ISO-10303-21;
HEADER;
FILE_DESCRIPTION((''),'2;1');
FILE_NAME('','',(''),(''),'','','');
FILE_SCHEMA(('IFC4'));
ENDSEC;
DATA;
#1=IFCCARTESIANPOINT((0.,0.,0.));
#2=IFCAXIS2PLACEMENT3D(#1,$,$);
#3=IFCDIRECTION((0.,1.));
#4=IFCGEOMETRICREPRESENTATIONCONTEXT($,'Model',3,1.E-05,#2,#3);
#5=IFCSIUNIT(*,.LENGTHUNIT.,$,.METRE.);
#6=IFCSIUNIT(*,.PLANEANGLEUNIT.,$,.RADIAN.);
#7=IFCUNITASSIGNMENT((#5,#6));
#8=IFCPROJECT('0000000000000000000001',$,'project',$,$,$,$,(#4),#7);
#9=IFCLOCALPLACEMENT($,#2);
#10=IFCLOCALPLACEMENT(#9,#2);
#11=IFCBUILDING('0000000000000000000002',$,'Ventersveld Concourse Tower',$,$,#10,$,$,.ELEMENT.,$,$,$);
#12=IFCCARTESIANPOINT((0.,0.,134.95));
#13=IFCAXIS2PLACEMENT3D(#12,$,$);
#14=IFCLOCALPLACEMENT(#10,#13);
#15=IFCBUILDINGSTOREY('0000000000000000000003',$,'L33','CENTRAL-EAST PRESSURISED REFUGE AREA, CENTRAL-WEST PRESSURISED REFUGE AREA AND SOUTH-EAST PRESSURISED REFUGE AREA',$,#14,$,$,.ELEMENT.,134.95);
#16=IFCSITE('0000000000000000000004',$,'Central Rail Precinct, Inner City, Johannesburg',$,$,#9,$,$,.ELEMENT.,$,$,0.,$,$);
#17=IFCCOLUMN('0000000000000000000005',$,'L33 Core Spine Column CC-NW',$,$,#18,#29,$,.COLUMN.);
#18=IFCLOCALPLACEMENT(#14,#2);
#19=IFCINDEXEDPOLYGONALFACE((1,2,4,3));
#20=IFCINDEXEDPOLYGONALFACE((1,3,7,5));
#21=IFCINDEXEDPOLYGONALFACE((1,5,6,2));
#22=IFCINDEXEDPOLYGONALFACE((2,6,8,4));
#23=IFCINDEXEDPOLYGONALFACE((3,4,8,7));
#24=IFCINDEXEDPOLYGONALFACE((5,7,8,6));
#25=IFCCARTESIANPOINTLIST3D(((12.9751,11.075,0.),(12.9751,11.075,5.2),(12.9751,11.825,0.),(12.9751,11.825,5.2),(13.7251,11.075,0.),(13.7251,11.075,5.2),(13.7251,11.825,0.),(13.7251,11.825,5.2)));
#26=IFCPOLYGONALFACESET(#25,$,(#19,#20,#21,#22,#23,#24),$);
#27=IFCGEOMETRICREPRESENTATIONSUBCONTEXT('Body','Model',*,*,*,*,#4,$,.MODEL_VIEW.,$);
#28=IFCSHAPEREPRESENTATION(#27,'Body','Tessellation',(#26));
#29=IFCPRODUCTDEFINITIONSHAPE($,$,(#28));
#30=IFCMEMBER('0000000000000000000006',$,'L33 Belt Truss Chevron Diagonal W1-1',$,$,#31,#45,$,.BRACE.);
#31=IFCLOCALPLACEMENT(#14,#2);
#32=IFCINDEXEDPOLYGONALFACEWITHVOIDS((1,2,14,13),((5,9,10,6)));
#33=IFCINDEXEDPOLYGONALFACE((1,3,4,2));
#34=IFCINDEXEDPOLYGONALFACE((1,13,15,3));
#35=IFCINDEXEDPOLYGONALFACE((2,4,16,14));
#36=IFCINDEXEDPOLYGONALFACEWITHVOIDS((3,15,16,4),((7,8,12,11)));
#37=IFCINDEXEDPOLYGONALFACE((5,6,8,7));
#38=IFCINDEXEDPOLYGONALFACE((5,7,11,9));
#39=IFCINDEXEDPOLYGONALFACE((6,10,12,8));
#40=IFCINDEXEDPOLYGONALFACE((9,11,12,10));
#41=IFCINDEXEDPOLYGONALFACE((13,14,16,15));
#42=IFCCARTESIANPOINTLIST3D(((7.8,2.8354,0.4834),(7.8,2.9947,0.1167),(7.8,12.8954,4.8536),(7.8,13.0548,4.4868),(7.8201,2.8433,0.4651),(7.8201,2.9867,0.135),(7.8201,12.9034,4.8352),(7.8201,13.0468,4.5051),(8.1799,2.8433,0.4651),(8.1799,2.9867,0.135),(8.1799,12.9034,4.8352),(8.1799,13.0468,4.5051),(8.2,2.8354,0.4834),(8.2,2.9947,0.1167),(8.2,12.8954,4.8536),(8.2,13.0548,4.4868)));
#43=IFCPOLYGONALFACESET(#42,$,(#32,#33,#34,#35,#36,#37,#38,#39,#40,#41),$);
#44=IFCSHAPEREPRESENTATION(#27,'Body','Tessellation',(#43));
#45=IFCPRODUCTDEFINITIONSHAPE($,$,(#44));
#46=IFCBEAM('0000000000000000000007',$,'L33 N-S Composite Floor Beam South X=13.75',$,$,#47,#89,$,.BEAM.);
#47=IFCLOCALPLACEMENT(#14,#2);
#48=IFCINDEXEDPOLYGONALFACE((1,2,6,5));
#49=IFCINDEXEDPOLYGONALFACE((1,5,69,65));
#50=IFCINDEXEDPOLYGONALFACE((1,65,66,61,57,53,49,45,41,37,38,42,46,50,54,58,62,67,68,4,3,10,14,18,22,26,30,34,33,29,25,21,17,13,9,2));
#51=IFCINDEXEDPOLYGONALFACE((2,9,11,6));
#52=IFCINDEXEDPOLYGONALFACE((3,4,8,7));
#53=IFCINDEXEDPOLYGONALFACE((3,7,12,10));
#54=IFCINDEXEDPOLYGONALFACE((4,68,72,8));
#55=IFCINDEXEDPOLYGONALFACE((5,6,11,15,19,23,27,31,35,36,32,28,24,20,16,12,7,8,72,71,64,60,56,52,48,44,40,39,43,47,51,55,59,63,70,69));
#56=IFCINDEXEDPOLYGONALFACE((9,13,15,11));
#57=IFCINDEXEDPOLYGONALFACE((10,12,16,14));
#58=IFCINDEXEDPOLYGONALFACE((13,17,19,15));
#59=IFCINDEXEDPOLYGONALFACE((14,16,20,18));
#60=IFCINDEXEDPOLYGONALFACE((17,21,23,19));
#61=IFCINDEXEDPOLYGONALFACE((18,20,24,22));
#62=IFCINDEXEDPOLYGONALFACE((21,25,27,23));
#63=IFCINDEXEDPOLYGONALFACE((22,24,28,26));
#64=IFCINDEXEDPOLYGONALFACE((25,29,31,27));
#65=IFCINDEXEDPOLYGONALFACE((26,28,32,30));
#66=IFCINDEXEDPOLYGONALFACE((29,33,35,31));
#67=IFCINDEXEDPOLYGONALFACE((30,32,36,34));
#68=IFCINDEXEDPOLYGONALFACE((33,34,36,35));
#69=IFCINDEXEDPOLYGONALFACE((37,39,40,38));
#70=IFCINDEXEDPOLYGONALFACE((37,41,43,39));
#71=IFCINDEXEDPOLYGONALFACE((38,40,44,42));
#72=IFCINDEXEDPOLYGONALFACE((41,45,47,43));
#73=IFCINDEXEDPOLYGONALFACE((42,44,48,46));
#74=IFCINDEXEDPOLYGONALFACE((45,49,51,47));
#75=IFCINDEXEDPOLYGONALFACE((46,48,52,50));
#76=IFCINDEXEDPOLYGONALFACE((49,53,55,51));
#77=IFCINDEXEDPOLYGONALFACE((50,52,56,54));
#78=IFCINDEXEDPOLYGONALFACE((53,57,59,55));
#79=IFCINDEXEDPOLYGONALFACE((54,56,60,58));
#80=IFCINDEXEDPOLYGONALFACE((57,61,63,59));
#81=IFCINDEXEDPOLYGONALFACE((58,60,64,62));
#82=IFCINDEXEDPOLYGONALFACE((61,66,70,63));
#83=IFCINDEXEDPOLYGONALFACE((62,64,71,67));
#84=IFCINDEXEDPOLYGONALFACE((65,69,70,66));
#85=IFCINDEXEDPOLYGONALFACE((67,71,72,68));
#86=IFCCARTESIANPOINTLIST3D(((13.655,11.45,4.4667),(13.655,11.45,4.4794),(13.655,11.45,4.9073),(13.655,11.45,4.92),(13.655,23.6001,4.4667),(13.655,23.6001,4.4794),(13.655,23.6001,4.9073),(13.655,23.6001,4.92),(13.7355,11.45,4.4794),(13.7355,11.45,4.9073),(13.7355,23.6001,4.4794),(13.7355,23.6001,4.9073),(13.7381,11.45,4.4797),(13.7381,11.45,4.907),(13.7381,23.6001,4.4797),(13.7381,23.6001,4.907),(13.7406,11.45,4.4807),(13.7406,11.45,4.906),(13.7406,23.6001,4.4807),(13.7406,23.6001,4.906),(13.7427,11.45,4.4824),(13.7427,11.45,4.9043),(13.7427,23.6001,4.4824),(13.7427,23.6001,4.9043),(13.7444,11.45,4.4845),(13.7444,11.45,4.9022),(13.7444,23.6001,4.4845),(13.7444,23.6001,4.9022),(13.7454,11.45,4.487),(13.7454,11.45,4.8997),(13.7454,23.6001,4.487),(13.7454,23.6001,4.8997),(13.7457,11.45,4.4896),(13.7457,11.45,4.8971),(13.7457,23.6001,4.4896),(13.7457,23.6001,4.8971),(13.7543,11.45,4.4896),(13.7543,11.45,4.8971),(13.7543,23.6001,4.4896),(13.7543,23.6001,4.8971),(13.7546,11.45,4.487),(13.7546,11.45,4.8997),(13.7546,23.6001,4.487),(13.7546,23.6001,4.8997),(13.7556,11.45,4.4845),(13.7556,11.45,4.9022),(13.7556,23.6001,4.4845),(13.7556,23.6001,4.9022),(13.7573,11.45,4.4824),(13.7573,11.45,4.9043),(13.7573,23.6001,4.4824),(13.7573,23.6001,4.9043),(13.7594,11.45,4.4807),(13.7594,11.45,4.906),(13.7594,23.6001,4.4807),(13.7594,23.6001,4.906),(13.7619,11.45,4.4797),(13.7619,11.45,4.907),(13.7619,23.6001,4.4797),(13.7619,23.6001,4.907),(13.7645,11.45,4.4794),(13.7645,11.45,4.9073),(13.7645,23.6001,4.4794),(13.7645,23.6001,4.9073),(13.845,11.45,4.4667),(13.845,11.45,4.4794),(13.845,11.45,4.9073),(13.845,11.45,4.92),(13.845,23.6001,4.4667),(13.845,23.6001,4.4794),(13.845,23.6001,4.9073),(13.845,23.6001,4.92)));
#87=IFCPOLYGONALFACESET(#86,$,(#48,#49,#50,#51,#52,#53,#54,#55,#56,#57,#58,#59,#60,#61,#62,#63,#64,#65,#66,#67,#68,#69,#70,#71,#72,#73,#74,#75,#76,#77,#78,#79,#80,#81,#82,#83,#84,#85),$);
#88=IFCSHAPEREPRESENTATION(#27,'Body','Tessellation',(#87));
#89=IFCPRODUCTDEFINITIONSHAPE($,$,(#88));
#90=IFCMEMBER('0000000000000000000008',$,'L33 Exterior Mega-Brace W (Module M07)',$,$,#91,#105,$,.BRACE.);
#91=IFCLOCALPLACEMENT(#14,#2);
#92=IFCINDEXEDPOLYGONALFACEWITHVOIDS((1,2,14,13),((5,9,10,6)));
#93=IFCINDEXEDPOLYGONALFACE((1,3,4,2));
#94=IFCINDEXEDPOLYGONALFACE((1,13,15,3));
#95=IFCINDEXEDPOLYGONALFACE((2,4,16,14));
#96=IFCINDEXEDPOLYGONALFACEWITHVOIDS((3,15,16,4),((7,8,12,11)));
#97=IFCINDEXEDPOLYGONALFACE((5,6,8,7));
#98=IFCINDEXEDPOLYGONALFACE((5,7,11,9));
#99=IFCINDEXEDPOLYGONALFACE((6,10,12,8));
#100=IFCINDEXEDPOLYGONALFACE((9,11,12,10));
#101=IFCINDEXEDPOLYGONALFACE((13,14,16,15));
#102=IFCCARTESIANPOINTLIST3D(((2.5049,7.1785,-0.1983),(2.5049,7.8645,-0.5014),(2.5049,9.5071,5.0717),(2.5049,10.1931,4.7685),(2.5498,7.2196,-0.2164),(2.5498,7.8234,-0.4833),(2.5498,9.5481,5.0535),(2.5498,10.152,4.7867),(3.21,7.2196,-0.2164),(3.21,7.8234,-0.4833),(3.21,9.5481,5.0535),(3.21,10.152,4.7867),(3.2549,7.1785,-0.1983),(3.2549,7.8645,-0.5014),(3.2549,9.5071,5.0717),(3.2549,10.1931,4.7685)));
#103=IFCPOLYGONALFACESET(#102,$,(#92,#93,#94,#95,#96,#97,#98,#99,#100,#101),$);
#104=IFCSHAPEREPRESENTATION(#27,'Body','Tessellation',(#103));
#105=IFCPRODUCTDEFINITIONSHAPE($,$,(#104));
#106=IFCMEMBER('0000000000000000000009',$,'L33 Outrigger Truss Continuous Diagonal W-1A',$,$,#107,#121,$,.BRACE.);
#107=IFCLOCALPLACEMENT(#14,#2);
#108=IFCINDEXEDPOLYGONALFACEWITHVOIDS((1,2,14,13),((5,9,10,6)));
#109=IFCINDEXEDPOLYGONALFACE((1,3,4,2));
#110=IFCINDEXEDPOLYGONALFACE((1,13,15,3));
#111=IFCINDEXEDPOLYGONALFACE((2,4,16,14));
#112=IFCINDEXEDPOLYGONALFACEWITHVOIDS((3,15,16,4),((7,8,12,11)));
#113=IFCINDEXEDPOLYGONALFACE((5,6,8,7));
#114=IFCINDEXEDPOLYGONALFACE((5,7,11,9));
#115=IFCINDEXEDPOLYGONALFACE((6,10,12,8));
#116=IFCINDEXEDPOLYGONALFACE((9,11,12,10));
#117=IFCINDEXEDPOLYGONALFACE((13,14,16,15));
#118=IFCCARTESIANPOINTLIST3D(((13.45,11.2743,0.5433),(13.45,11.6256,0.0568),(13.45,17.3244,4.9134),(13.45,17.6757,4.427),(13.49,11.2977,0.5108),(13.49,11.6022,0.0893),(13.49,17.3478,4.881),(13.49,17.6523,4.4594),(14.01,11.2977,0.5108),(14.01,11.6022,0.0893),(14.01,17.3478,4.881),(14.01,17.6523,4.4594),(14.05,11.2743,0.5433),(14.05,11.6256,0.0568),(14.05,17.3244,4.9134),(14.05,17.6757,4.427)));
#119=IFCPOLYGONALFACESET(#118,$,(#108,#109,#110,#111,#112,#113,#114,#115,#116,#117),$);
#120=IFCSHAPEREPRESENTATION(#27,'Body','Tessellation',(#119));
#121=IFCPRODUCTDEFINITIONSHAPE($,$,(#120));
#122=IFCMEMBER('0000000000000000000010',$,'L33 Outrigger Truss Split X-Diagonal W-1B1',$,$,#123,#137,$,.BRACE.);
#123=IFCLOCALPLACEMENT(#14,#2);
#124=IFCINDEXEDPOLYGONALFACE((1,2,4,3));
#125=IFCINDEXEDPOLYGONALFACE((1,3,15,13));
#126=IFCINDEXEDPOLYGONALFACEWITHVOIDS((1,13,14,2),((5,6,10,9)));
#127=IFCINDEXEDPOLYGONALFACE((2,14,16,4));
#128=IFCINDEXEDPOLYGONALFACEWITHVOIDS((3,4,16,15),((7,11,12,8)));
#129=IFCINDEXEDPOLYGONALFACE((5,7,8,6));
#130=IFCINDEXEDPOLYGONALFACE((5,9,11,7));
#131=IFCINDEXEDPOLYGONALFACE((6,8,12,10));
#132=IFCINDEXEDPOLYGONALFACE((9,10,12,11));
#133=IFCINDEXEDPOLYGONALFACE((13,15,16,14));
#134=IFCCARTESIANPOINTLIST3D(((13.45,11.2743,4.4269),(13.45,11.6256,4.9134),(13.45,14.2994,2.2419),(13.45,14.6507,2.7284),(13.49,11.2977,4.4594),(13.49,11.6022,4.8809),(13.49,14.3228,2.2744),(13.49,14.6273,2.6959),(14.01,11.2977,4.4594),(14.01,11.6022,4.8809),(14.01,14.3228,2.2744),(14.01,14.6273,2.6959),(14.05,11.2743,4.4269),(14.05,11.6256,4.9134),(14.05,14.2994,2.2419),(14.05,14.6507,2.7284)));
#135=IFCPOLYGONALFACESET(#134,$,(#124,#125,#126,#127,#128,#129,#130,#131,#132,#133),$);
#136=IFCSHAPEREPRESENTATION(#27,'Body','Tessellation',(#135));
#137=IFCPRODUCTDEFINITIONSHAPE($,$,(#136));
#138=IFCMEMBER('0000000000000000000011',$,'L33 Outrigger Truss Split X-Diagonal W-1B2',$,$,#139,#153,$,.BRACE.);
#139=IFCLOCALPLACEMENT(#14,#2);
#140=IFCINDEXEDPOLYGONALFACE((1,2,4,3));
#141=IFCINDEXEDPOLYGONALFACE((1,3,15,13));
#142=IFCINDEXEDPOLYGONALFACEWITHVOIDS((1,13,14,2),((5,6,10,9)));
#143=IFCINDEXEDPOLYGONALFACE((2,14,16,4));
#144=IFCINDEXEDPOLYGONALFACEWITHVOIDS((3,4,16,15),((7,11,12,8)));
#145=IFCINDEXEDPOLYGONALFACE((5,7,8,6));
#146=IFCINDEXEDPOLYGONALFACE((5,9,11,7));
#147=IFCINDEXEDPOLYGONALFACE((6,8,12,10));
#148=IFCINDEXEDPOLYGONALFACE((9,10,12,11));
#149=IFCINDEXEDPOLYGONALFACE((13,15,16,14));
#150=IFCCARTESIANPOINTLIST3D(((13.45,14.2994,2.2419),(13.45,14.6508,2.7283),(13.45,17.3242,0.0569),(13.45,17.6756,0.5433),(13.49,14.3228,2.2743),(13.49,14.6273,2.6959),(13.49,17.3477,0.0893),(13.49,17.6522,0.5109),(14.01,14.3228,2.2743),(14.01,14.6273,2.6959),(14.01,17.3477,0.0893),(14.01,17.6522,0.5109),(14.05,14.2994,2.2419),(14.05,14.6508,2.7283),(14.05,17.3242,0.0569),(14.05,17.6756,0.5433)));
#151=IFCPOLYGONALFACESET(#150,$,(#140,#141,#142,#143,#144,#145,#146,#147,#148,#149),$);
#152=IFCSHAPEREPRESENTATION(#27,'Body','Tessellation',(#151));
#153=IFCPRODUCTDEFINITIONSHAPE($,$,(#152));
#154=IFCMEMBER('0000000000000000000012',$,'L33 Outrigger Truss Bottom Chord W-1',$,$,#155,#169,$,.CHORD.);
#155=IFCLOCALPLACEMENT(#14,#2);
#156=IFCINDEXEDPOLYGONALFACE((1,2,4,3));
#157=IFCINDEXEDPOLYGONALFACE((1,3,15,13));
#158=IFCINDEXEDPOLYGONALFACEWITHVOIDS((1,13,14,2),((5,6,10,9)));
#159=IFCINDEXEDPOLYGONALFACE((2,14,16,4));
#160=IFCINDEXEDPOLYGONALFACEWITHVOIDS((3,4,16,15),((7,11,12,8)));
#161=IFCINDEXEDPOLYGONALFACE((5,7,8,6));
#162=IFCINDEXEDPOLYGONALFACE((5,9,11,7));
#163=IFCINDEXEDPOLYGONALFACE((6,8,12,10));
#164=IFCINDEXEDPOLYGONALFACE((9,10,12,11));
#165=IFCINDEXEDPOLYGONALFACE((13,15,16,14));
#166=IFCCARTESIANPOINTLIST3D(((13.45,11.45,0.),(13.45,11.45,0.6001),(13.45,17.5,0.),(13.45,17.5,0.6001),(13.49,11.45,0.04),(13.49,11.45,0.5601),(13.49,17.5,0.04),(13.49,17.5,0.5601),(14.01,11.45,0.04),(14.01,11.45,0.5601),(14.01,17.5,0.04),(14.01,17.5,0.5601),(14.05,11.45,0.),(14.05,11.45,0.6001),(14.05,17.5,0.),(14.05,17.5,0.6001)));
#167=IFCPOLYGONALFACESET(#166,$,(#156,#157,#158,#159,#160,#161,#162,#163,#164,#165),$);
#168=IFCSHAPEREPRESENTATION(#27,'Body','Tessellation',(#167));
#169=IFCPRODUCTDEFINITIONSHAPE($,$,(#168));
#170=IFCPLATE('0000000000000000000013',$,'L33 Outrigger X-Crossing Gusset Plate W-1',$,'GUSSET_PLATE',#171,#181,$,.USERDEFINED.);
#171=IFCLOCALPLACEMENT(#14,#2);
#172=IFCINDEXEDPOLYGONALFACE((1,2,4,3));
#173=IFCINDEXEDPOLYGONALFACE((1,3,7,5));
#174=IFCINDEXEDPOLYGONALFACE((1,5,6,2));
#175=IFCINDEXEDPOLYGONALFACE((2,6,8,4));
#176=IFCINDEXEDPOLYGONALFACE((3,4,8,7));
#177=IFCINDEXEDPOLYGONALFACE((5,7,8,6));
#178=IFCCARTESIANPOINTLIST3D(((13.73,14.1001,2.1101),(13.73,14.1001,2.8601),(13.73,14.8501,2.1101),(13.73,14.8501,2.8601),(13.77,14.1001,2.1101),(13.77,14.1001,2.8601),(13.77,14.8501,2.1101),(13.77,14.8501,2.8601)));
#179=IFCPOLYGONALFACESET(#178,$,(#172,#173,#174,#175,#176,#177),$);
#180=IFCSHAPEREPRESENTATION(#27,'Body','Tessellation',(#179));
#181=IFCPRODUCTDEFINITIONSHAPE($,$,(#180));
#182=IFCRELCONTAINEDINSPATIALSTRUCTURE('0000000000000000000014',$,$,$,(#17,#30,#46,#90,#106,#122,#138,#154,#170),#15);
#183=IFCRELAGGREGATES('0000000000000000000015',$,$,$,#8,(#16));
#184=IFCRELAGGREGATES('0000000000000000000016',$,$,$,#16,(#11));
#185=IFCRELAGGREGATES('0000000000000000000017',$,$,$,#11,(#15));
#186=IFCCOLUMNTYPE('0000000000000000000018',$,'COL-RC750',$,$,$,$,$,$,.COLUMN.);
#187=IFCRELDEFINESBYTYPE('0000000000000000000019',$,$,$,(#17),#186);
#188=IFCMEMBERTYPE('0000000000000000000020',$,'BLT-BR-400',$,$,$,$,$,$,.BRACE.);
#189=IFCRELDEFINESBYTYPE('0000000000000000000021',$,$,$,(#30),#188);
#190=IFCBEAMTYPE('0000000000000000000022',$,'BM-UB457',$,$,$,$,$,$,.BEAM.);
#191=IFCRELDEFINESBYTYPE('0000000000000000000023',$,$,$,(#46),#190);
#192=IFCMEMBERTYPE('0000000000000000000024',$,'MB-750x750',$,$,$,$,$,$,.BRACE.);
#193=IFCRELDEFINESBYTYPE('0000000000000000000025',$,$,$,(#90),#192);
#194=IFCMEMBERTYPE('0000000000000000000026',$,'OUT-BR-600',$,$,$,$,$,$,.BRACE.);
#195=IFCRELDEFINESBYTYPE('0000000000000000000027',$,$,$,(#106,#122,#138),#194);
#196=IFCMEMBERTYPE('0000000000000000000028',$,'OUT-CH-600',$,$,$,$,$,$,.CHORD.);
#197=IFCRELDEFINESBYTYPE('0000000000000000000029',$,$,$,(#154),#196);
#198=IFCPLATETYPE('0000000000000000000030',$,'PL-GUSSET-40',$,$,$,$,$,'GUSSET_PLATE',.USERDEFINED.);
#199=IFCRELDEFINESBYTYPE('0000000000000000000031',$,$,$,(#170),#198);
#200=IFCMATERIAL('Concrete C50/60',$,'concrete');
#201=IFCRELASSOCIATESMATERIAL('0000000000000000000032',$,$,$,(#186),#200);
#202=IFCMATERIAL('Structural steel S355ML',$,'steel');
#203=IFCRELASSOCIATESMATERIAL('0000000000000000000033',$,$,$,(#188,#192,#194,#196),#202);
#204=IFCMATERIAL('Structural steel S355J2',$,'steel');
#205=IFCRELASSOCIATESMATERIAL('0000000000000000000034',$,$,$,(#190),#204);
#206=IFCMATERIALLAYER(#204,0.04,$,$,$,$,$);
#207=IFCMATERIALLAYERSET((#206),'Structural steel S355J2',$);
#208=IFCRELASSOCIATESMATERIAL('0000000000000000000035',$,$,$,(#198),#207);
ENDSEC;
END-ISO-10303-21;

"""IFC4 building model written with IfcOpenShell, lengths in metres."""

from ifc_helpers import new_model, si_unit, direction, frame, origin, origin_2d, place, context, subcontext, project, spatial, rectangle, hollow_rectangle, i_section, extrude, material, layer, layer_set, material_profile, profile_set, type_object, element, save


model = new_model("IFC4")

# Units and contexts
model_context = context("Model", 3, precision=1e-05, world=origin(), true_north=direction((0.0, 1.0)))
body_context = subcontext(model_context, "Body", "Model", "MODEL_VIEW")
ifc_project = project(units=[si_unit("LENGTHUNIT", "METRE"), si_unit("PLANEANGLEUNIT", "RADIAN")], contexts=[model_context])

# Site, building, storey
site_placement = place(None, origin())
site = spatial("IfcSite", under=ifc_project, at=site_placement, Name="Central Rail Precinct, Inner City, Johannesburg", CompositionType="ELEMENT", RefElevation=0.0)
building_placement = place(site_placement, origin())
building = spatial("IfcBuilding", under=site, at=building_placement, Name="Ventersveld Concourse Tower", CompositionType="ELEMENT")
storey_placement = place(building_placement, frame((0.0, 0.0, 134.95)))
storey = spatial("IfcBuildingStorey", under=building, at=storey_placement, Name="L33", Description="CENTRAL-EAST PRESSURISED REFUGE AREA, CENTRAL-WEST PRESSURISED REFUGE AREA AND SOUTH-EAST PRESSURISED REFUGE AREA", CompositionType="ELEMENT", Elevation=134.95)

# Column
ifc_material_1 = material(Name="Concrete C50/60", Category="concrete")
ifc_material_profile_1 = material_profile(ifc_material_1, rectangle(XDim=0.75, YDim=0.75, at=origin_2d()), Name="RC 750x750")
ifc_profile_set_1 = profile_set([ifc_material_profile_1], Name="Concrete C50/60")
column_type = type_object("IfcColumnType", Name="COL-RC750", PredefinedType="COLUMN", material=ifc_profile_set_1)
column_placement = place(storey_placement, frame((13.3501, 11.45, 0.0), z_axis=(0.0, 0.0, 1.0), x_axis=(1.0, 0.0, 0.0)))
element("IfcColumn", 1, at=column_placement, inside=storey, type_object=column_type, Name="L33 Core Spine Column CC-NW", PredefinedType="COLUMN", context=body_context, shape_type="SweptSolid", body=[
    extrude(rectangle(XDim=0.75, YDim=0.75, at=origin_2d()), origin(), (0.0, 0.0, 1.0), 5.2),
])

# Member
ifc_material_2 = material(Name="Structural steel S355ML", Category="steel")
ifc_material_profile_2 = material_profile(ifc_material_2, hollow_rectangle(XDim=0.3999, YDim=0.3999, WallThickness=0.02, at=origin_2d()), Name="SHS 400x400x20")
ifc_profile_set_2 = profile_set([ifc_material_profile_2], Name="Structural steel S355ML")
member_type_1 = type_object("IfcMemberType", Name="BLT-BR-400", PredefinedType="BRACE", material=ifc_profile_set_2)
member_1_placement = place(storey_placement, frame((8.0, 2.915, 0.3), z_axis=(0.0, 0.917197, 0.398433), x_axis=(-1.0, 0.0, 0.0)))
element("IfcMember", 2, at=member_1_placement, inside=storey, type_object=member_type_1, Name="L33 Belt Truss Chevron Diagonal W1-1", PredefinedType="BRACE", context=body_context, shape_type="SweptSolid", body=[
    extrude(hollow_rectangle(XDim=0.3999, YDim=0.3999, WallThickness=0.02, at=origin_2d()), origin(), (0.0, 0.0, 1.0), 10.9683),
])

# Beam
ifc_material_3 = material(Name="Structural steel S355J2", Category="steel")
ifc_material_profile_3 = material_profile(ifc_material_3, i_section(OverallWidth=0.1899, OverallDepth=0.4534, WebThickness=0.0085, FlangeThickness=0.0127, FilletRadius=0.0103, at=origin_2d()), Name="UB 457x191x67")
ifc_profile_set_3 = profile_set([ifc_material_profile_3], Name="Structural steel S355J2")
beam_type = type_object("IfcBeamType", Name="BM-UB457", PredefinedType="BEAM", material=ifc_profile_set_3)
beam_placement = place(storey_placement, frame((13.75, 11.45, 4.6934), z_axis=(0.0, 1.0, 0.0), x_axis=(-1.0, 0.0, 0.0)))
element("IfcBeam", 3, at=beam_placement, inside=storey, type_object=beam_type, Name="L33 N-S Composite Floor Beam South X=13.75", PredefinedType="BEAM", context=body_context, shape_type="SweptSolid", body=[
    extrude(i_section(OverallWidth=0.1899, OverallDepth=0.4534, WebThickness=0.0085, FlangeThickness=0.0127, FilletRadius=0.0103, at=origin_2d()), origin(), (0.0, 0.0, 1.0), 12.1501),
])

# Members
ifc_material_profile_4 = material_profile(ifc_material_2, hollow_rectangle(XDim=0.75, YDim=0.75, WallThickness=0.0449, at=origin_2d()), Name="BOX 750x750x45")
ifc_profile_set_4 = profile_set([ifc_material_profile_4], Name="Structural steel S355ML")
member_type_2 = type_object("IfcMemberType", Name="MB-750x750", PredefinedType="BRACE", material=ifc_profile_set_4)
member_2_placement = place(storey_placement, frame((2.8799, 7.5215, -0.3499), z_axis=(0.0, 0.404164, 0.914687), x_axis=(-1.0, 0.0, 0.0)))
element("IfcMember", 4, at=member_2_placement, inside=storey, type_object=member_type_2, Name="L33 Exterior Mega-Brace W (Module M07)", PredefinedType="BRACE", context=body_context, shape_type="SweptSolid", body=[
    extrude(hollow_rectangle(XDim=0.75, YDim=0.75, WallThickness=0.0449, at=origin_2d()), origin(), (0.0, 0.0, 1.0), 5.7615),
])
ifc_material_profile_5 = material_profile(ifc_material_2, hollow_rectangle(XDim=0.6001, YDim=0.6001, WallThickness=0.04, at=origin_2d()), Name="BOX 600x600x40")
ifc_profile_set_5 = profile_set([ifc_material_profile_5], Name="Structural steel S355ML")
member_type_3 = type_object("IfcMemberType", Name="OUT-BR-600", PredefinedType="BRACE", material=ifc_profile_set_5)
member_3_placement = place(storey_placement, frame((13.75, 11.45, 0.3), z_axis=(0.0, 0.810639, 0.585547), x_axis=(-1.0, 0.0, 0.0)))
element("IfcMember", 5, at=member_3_placement, inside=storey, type_object=member_type_3, Name="L33 Outrigger Truss Continuous Diagonal W-1A", PredefinedType="BRACE", context=body_context, shape_type="SweptSolid", body=[
    extrude(hollow_rectangle(XDim=0.6001, YDim=0.6001, WallThickness=0.04, at=origin_2d()), origin(), (0.0, 0.0, 1.0), 7.4634),
])
member_4_placement = place(storey_placement, frame((13.75, 11.45, 4.6702), z_axis=(0.0, 0.81065, -0.585531), x_axis=(-1.0, 0.0, 0.0)))
element("IfcMember", 6, at=member_4_placement, inside=storey, type_object=member_type_3, Name="L33 Outrigger Truss Split X-Diagonal W-1B1", PredefinedType="BRACE", context=body_context, shape_type="SweptSolid", body=[
    extrude(hollow_rectangle(XDim=0.6001, YDim=0.6001, WallThickness=0.04, at=origin_2d()), origin(), (0.0, 0.0, 1.0), 3.7317),
])
member_5_placement = place(storey_placement, frame((13.75, 14.4751, 2.4851), z_axis=(0.0, 0.810627, -0.585562), x_axis=(-1.0, 0.0, 0.0)))
element("IfcMember", 7, at=member_5_placement, inside=storey, type_object=member_type_3, Name="L33 Outrigger Truss Split X-Diagonal W-1B2", PredefinedType="BRACE", context=body_context, shape_type="SweptSolid", body=[
    extrude(hollow_rectangle(XDim=0.6001, YDim=0.6001, WallThickness=0.04, at=origin_2d()), origin(), (0.0, 0.0, 1.0), 3.7314),
])
ifc_material_profile_6 = material_profile(ifc_material_2, hollow_rectangle(XDim=0.6001, YDim=0.6001, WallThickness=0.04, at=origin_2d()), Name="BOX 600x600x40")
ifc_profile_set_6 = profile_set([ifc_material_profile_6], Name="Structural steel S355ML")
member_type_4 = type_object("IfcMemberType", Name="OUT-CH-600", PredefinedType="CHORD", material=ifc_profile_set_6)
member_6_placement = place(storey_placement, frame((13.75, 11.45, 0.3), z_axis=(0.0, 1.0, 0.0), x_axis=(-1.0, 0.0, 0.0)))
element("IfcMember", 8, at=member_6_placement, inside=storey, type_object=member_type_4, Name="L33 Outrigger Truss Bottom Chord W-1", PredefinedType="CHORD", context=body_context, shape_type="SweptSolid", body=[
    extrude(hollow_rectangle(XDim=0.6001, YDim=0.6001, WallThickness=0.04, at=origin_2d()), origin(), (0.0, 0.0, 1.0), 6.05),
])

# Plate
ifc_layer_1 = layer(ifc_material_3, 0.04)
ifc_layer_set_1 = layer_set([ifc_layer_1], Name="Structural steel S355J2")
plate_type = type_object("IfcPlateType", Name="PL-GUSSET-40", ElementType="GUSSET_PLATE", PredefinedType="USERDEFINED", material=ifc_layer_set_1)
plate_1_placement = place(storey_placement, frame((13.75, 14.4751, 2.1101), z_axis=(0.0, 0.0, 1.0), x_axis=(1.0, 0.0, 0.0)))
element("IfcPlate", 9, at=plate_1_placement, inside=storey, type_object=plate_type, Name="L33 Outrigger X-Crossing Gusset Plate W-1", ObjectType="GUSSET_PLATE", PredefinedType="USERDEFINED", context=body_context, shape_type="SweptSolid", body=[
    extrude(rectangle(XDim=0.04, YDim=0.75, at=origin_2d()), origin(), (0.0, 0.0, 1.0), 0.75),
])

save(model, "model.ifc")
